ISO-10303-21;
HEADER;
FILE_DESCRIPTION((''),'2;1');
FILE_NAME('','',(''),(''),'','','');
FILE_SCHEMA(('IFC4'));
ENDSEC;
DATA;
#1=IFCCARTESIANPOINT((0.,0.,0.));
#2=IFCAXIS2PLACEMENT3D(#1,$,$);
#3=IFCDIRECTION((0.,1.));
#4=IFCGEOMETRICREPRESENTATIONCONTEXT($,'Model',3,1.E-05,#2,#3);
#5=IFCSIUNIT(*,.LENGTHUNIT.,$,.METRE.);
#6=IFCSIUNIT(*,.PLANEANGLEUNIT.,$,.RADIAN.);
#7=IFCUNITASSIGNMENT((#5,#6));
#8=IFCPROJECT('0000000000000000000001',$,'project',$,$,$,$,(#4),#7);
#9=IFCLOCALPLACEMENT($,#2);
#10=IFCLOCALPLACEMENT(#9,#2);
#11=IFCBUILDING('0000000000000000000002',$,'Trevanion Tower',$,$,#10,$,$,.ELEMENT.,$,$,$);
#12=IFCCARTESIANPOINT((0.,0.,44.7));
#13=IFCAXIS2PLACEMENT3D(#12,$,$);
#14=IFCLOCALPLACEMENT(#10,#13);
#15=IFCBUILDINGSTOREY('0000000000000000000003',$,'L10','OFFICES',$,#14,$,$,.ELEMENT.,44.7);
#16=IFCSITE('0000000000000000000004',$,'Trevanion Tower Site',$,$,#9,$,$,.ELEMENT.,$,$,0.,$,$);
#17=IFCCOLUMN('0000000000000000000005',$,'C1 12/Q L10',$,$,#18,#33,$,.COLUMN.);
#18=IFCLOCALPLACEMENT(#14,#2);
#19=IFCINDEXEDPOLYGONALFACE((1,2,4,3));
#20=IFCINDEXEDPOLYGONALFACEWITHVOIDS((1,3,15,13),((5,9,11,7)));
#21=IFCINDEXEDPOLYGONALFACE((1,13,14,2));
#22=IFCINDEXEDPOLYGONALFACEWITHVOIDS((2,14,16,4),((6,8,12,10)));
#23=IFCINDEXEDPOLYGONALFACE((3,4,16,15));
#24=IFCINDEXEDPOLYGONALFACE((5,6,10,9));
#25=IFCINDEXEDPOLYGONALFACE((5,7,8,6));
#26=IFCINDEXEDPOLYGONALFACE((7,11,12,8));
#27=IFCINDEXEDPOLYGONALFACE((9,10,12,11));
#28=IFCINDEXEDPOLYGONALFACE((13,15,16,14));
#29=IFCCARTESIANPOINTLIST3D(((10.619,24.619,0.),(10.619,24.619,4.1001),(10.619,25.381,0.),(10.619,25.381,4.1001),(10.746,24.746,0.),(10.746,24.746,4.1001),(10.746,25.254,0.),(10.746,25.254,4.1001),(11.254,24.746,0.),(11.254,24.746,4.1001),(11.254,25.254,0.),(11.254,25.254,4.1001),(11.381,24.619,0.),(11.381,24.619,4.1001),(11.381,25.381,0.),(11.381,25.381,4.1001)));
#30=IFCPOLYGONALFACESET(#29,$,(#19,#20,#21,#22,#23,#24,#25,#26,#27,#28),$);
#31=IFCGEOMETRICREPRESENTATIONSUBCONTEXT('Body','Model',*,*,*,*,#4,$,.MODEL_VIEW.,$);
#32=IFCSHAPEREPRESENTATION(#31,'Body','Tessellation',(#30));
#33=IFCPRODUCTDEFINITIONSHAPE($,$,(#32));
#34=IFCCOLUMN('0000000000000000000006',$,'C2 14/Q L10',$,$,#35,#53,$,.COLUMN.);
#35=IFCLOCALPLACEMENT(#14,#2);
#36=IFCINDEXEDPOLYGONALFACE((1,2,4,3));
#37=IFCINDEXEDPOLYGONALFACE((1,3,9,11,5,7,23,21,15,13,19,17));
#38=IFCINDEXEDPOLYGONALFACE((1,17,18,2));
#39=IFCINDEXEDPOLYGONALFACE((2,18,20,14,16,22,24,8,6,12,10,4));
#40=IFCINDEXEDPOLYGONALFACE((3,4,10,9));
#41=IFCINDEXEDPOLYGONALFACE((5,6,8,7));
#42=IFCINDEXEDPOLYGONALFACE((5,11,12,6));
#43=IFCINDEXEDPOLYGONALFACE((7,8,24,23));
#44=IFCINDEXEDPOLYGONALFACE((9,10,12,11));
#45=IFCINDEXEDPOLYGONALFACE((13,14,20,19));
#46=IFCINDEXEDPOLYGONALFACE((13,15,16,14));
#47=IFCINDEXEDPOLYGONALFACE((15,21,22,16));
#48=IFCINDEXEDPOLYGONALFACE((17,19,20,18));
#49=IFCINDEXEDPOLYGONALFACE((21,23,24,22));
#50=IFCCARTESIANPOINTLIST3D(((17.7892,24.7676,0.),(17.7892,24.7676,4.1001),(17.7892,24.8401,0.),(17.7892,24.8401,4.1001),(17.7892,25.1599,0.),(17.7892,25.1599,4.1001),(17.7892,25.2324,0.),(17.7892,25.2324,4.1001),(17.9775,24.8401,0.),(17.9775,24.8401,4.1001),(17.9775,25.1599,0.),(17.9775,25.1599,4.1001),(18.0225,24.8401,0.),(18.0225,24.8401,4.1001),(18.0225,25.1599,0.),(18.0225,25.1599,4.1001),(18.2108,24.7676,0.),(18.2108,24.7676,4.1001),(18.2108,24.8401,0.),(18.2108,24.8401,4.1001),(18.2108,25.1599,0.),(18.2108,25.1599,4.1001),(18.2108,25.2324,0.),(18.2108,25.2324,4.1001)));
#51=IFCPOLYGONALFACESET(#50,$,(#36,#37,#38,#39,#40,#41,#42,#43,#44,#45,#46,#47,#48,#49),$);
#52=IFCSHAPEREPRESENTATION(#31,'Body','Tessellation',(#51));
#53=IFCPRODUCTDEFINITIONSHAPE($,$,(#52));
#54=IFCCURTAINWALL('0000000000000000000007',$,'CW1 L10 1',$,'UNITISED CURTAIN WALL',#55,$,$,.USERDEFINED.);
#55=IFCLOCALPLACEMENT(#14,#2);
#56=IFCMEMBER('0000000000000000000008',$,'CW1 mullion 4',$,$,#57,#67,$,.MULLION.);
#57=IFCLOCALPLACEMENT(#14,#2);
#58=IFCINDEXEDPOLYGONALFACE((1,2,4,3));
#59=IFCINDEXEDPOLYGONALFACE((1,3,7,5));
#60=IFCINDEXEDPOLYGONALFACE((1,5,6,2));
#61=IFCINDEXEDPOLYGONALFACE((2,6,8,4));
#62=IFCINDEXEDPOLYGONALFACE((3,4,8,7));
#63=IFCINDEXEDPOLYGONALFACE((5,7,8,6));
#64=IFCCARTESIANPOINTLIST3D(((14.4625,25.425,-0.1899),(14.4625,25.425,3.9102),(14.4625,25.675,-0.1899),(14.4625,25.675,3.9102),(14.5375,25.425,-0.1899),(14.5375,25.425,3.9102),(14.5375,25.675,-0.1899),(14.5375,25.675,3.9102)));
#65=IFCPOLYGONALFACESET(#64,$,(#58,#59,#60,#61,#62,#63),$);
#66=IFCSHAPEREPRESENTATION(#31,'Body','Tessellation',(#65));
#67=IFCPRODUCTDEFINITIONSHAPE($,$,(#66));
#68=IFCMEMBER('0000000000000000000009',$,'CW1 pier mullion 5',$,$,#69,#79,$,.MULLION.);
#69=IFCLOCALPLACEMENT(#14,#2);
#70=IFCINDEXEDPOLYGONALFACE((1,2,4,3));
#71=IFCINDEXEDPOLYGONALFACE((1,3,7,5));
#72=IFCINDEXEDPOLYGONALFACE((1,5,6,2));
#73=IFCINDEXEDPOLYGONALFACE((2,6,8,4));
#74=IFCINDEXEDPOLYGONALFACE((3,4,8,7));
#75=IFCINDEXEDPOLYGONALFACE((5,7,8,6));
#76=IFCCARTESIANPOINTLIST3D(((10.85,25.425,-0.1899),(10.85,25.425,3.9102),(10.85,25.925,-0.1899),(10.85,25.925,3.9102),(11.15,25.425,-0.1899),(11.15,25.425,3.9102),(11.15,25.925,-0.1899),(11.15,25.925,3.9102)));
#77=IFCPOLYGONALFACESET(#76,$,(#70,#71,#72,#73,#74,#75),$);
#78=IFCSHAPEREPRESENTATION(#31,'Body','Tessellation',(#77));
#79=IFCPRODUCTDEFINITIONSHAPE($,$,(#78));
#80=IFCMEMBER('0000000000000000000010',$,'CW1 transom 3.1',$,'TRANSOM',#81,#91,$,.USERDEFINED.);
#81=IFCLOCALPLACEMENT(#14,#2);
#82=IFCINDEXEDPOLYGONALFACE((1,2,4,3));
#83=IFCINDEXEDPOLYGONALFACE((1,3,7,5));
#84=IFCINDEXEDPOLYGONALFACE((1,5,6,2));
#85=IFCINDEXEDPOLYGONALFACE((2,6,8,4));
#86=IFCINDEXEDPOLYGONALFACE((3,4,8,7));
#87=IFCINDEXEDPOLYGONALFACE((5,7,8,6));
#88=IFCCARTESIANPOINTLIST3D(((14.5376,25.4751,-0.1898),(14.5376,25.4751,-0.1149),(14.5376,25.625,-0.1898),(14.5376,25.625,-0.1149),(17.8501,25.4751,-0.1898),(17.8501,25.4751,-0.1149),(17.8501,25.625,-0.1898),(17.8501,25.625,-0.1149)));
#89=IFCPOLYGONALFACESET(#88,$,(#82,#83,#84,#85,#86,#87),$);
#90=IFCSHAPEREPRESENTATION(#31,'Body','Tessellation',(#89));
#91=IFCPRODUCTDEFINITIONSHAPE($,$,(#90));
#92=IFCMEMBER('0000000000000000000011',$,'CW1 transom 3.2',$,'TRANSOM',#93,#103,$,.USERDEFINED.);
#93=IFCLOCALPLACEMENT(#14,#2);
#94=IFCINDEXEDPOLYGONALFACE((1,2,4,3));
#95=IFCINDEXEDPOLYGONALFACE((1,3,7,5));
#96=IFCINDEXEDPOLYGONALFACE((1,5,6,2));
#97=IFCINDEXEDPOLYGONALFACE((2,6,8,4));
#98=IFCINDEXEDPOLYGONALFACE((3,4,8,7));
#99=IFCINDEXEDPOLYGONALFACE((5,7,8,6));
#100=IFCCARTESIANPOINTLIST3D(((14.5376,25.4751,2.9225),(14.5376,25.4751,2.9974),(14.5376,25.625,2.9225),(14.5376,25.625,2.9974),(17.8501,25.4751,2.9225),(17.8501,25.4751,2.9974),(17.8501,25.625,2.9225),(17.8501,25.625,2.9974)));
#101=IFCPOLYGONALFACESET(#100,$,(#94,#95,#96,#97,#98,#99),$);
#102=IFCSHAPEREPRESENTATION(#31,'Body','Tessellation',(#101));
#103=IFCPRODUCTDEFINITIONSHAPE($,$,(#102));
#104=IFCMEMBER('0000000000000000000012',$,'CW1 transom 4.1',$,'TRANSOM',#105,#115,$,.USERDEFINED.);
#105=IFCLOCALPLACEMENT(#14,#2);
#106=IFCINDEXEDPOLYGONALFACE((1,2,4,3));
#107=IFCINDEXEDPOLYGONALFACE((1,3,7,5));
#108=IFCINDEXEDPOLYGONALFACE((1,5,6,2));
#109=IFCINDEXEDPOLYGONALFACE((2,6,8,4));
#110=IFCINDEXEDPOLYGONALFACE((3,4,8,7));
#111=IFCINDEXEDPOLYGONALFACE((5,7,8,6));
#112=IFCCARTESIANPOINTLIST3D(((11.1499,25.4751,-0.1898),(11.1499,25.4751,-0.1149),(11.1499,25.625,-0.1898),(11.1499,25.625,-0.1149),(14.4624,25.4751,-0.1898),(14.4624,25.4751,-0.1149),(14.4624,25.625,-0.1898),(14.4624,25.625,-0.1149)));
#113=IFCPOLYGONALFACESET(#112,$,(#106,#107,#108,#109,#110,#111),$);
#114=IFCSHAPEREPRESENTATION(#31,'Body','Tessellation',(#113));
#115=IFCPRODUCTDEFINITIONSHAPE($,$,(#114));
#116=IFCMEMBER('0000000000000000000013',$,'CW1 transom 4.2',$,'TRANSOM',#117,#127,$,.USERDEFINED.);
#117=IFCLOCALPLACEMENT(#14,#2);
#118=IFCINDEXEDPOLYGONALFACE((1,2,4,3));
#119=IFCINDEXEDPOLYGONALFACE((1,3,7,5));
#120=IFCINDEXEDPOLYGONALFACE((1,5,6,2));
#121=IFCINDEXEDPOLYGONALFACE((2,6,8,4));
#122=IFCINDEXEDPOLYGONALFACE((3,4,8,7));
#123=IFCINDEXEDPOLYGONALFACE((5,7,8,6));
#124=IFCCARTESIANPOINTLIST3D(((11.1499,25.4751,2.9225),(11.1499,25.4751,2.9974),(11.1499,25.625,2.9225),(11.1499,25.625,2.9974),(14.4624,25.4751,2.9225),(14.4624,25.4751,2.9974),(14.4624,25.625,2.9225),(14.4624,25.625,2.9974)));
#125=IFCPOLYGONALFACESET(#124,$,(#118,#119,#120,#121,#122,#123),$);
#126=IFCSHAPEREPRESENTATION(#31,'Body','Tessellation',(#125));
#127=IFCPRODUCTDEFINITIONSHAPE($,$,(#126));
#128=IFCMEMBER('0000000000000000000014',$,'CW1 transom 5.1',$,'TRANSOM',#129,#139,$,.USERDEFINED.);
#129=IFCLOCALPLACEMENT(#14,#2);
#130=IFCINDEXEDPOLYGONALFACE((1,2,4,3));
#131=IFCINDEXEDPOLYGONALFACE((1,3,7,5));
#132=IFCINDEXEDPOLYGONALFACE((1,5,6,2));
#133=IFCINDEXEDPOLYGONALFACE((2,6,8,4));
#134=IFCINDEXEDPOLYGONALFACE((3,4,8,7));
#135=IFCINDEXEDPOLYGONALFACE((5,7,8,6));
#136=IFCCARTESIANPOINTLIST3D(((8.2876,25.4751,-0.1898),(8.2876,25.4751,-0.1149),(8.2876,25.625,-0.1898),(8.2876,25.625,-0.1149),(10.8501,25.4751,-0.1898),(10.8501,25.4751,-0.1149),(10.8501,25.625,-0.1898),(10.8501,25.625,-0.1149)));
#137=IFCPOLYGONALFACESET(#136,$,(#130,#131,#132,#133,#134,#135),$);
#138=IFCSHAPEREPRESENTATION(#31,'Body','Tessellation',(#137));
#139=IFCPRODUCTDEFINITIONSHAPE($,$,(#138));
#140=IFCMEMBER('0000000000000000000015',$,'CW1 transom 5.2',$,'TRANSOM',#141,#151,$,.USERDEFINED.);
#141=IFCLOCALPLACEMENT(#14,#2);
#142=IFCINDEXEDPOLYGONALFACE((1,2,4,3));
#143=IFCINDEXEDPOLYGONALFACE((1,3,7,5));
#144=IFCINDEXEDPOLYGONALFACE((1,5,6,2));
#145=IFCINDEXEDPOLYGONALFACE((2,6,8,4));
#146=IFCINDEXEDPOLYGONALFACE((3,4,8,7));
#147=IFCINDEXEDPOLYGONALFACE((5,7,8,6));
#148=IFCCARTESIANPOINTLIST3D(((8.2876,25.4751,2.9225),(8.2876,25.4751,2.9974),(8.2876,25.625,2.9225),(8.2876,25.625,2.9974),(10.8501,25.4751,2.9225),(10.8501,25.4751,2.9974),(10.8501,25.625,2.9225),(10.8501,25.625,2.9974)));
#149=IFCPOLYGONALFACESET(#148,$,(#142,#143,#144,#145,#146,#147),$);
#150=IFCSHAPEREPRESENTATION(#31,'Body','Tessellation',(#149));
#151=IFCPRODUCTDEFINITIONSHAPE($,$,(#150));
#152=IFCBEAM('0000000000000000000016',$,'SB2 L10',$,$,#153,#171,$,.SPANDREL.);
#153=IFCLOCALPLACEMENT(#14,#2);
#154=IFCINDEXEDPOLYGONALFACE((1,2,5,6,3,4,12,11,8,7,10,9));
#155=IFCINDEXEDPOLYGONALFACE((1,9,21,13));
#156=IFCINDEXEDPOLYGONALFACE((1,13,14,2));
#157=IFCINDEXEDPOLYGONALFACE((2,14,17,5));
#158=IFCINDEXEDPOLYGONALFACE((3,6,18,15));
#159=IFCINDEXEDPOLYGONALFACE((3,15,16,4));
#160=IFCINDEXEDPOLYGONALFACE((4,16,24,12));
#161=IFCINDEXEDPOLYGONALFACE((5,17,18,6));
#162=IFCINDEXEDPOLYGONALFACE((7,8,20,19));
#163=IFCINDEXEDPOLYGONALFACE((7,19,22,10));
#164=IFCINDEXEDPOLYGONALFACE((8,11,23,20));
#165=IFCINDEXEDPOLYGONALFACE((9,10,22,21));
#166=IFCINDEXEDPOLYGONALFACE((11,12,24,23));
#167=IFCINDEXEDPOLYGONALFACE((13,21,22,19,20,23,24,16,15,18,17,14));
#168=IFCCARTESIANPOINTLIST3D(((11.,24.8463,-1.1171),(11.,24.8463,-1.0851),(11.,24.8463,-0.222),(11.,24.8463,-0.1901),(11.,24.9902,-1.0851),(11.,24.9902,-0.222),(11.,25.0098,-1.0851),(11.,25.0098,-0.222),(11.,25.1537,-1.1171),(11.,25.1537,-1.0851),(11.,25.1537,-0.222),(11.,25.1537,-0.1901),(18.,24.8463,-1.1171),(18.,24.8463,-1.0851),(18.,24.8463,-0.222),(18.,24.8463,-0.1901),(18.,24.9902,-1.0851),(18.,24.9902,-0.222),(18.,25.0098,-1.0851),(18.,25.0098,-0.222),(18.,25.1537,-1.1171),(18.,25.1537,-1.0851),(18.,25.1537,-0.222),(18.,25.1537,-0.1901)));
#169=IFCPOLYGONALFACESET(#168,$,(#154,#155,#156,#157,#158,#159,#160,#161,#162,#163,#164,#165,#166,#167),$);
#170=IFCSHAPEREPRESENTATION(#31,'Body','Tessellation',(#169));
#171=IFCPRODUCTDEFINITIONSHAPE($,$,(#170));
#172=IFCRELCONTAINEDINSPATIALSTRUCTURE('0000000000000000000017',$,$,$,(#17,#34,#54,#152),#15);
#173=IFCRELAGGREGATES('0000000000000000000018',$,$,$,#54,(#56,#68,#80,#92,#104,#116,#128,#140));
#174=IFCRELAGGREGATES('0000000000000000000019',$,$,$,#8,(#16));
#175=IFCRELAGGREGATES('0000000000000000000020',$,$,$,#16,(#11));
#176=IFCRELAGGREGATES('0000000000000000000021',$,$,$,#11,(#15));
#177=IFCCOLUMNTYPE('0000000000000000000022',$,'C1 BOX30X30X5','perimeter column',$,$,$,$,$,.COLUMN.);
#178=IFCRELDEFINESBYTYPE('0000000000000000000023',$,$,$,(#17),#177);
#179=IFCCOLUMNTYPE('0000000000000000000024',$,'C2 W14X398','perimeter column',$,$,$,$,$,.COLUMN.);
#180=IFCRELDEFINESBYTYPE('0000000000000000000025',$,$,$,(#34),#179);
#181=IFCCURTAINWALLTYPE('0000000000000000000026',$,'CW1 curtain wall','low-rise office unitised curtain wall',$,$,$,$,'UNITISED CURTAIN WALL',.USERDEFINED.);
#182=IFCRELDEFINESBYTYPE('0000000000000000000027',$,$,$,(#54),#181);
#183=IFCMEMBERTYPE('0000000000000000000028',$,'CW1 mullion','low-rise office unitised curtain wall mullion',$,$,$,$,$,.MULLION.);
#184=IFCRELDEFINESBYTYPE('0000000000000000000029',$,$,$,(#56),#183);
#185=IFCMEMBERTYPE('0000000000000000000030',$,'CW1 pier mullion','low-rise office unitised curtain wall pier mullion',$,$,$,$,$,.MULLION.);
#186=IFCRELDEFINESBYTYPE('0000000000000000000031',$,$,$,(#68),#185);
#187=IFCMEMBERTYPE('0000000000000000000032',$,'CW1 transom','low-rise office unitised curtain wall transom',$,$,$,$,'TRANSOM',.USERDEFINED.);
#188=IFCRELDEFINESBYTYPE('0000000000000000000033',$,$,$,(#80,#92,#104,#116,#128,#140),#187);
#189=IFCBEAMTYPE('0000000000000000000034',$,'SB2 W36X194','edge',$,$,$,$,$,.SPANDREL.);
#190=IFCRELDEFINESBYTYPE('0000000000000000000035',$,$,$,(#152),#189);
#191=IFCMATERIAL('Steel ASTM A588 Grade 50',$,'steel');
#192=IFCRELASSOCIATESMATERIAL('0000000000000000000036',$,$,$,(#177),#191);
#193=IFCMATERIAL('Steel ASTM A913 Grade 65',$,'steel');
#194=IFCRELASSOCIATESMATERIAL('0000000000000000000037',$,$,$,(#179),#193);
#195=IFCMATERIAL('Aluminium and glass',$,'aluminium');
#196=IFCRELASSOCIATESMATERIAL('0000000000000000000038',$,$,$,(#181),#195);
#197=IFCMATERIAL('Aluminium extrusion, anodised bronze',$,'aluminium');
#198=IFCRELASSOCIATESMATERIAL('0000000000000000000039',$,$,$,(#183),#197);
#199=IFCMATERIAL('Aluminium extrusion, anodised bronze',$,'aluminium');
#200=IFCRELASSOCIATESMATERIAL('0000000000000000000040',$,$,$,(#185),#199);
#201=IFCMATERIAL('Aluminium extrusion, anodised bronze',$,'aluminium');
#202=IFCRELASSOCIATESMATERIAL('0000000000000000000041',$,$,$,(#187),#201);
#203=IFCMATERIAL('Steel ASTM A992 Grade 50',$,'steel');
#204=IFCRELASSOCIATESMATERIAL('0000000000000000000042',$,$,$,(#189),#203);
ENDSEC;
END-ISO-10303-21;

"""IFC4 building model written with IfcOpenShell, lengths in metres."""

from ifc_helpers import new_model, si_unit, direction, frame, origin, origin_2d, place, context, subcontext, project, spatial, rectangle, hollow_rectangle, i_section, extrude, material, material_profile, profile_set, type_object, element, aggregate, save


model = new_model("IFC4")

# Units and contexts
model_context = context("Model", 3, precision=1e-05, world=origin(), true_north=direction((0.0, 1.0)))
body_context = subcontext(model_context, "Body", "Model", "MODEL_VIEW")
ifc_project = project(units=[si_unit("LENGTHUNIT", "METRE"), si_unit("PLANEANGLEUNIT", "RADIAN")], contexts=[model_context])

# Site, building, storey
site_placement = place(None, origin())
site = spatial("IfcSite", under=ifc_project, at=site_placement, Name="Trevanion Tower Site", CompositionType="ELEMENT", RefElevation=0.0)
building_placement = place(site_placement, origin())
building = spatial("IfcBuilding", under=site, at=building_placement, Name="Trevanion Tower", CompositionType="ELEMENT")
storey_placement = place(building_placement, frame((0.0, 0.0, 44.7)))
storey = spatial("IfcBuildingStorey", under=building, at=storey_placement, Name="L10", Description="OFFICES", CompositionType="ELEMENT", Elevation=44.7)

# Columns
ifc_material_1 = material(Name="Steel ASTM A588 Grade 50", Category="steel")
ifc_material_profile_1 = material_profile(ifc_material_1, hollow_rectangle(XDim=0.762, YDim=0.762, WallThickness=0.127, at=origin_2d()), Name="BOX30X30X5")
ifc_profile_set_1 = profile_set([ifc_material_profile_1], Name="Steel ASTM A588 Grade 50")
column_type_1 = type_object("IfcColumnType", Name="C1 BOX30X30X5", Description="perimeter column", PredefinedType="COLUMN", material=ifc_profile_set_1)
column_1_placement = place(storey_placement, frame((11.0, 25.0, 0.0), z_axis=(0.0, 0.0, 1.0), x_axis=(1.0, 0.0, 0.0)))
element("IfcColumn", 1, at=column_1_placement, inside=storey, type_object=column_type_1, Name="C1 12/Q L10", PredefinedType="COLUMN", context=body_context, shape_type="SweptSolid", body=[
    extrude(hollow_rectangle(XDim=0.762, YDim=0.762, WallThickness=0.127, at=origin_2d()), origin(), (0.0, 0.0, 1.0), 4.1001),
])
ifc_material_2 = material(Name="Steel ASTM A913 Grade 65", Category="steel")
ifc_material_profile_2 = material_profile(ifc_material_2, i_section(OverallWidth=0.4216, OverallDepth=0.4648, WebThickness=0.0449, FlangeThickness=0.0725, at=origin_2d()), Name="W14X398")
ifc_profile_set_2 = profile_set([ifc_material_profile_2], Name="Steel ASTM A913 Grade 65")
column_type_2 = type_object("IfcColumnType", Name="C2 W14X398", Description="perimeter column", PredefinedType="COLUMN", material=ifc_profile_set_2)
column_2_placement = place(storey_placement, frame((18.0, 25.0, 0.0), z_axis=(0.0, 0.0, 1.0), x_axis=(1.0, 0.0, 0.0)))
element("IfcColumn", 2, at=column_2_placement, inside=storey, type_object=column_type_2, Name="C2 14/Q L10", PredefinedType="COLUMN", context=body_context, shape_type="SweptSolid", body=[
    extrude(i_section(OverallWidth=0.4216, OverallDepth=0.4648, WebThickness=0.0449, FlangeThickness=0.0725, at=origin_2d()), origin(), (0.0, 0.0, 1.0), 4.1001),
])

# Curtain wall, members
ifc_material_3 = material(Name="Aluminium and glass", Category="aluminium")
curtain_wall_type = type_object("IfcCurtainWallType", Name="CW1 curtain wall", Description="low-rise office unitised curtain wall", ElementType="UNITISED CURTAIN WALL", PredefinedType="USERDEFINED", material=ifc_material_3)
curtain_wall_placement = place(storey_placement, origin())
curtain_wall = element("IfcCurtainWall", 3, at=curtain_wall_placement, inside=storey, type_object=curtain_wall_type, Name="CW1 L10 1", ObjectType="UNITISED CURTAIN WALL", PredefinedType="USERDEFINED")
ifc_material_4 = material(Name="Aluminium extrusion, anodised bronze", Category="aluminium")
ifc_material_profile_3 = material_profile(ifc_material_4, rectangle(XDim=0.075, YDim=0.25, at=origin_2d()), Name="CW1 mullion")
ifc_profile_set_3 = profile_set([ifc_material_profile_3], Name="Aluminium extrusion, anodised bronze")
member_type_1 = type_object("IfcMemberType", Name="CW1 mullion", Description="low-rise office unitised curtain wall mullion", PredefinedType="MULLION", material=ifc_profile_set_3)
member_1_placement = place(storey_placement, frame((14.5, 25.55, -0.1899), z_axis=(0.0, 0.0, 1.0), x_axis=(-1.0, 0.0, 0.0)))
member_1 = element("IfcMember", 4, at=member_1_placement, type_object=member_type_1, Name="CW1 mullion 4", PredefinedType="MULLION", context=body_context, shape_type="SweptSolid", body=[
    extrude(rectangle(XDim=0.075, YDim=0.25, at=origin_2d()), origin(), (0.0, 0.0, 1.0), 4.1001),
])
ifc_material_5 = material(Name="Aluminium extrusion, anodised bronze", Category="aluminium")
ifc_material_profile_4 = material_profile(ifc_material_5, rectangle(XDim=0.3, YDim=0.5, at=origin_2d()), Name="CW1 pier mullion")
ifc_profile_set_4 = profile_set([ifc_material_profile_4], Name="Aluminium extrusion, anodised bronze")
member_type_2 = type_object("IfcMemberType", Name="CW1 pier mullion", Description="low-rise office unitised curtain wall pier mullion", PredefinedType="MULLION", material=ifc_profile_set_4)
member_2_placement = place(storey_placement, frame((11.0, 25.675, -0.1899), z_axis=(0.0, 0.0, 1.0), x_axis=(-1.0, 0.0, 0.0)))
member_2 = element("IfcMember", 5, at=member_2_placement, type_object=member_type_2, Name="CW1 pier mullion 5", PredefinedType="MULLION", context=body_context, shape_type="SweptSolid", body=[
    extrude(rectangle(XDim=0.3, YDim=0.5, at=origin_2d()), origin(), (0.0, 0.0, 1.0), 4.1001),
])
ifc_material_6 = material(Name="Aluminium extrusion, anodised bronze", Category="aluminium")
ifc_material_profile_5 = material_profile(ifc_material_6, rectangle(XDim=0.1499, YDim=0.075, at=origin_2d()), Name="CW1 transom")
ifc_profile_set_5 = profile_set([ifc_material_profile_5], Name="Aluminium extrusion, anodised bronze")
member_type_3 = type_object("IfcMemberType", Name="CW1 transom", Description="low-rise office unitised curtain wall transom", ElementType="TRANSOM", PredefinedType="USERDEFINED", material=ifc_profile_set_5)
member_3_placement = place(storey_placement, frame((17.8501, 25.55, -0.1523), z_axis=(-1.0, 0.0, 0.0), x_axis=(0.0, -1.0, 0.0)))
member_3 = element("IfcMember", 6, at=member_3_placement, type_object=member_type_3, Name="CW1 transom 3.1", ObjectType="TRANSOM", PredefinedType="USERDEFINED", context=body_context, shape_type="SweptSolid", body=[
    extrude(rectangle(XDim=0.1499, YDim=0.075, at=origin_2d()), origin(), (0.0, 0.0, 1.0), 3.3125),
])
member_4_placement = place(storey_placement, frame((17.8501, 25.55, 2.96), z_axis=(-1.0, 0.0, 0.0), x_axis=(0.0, -1.0, 0.0)))
member_4 = element("IfcMember", 7, at=member_4_placement, type_object=member_type_3, Name="CW1 transom 3.2", ObjectType="TRANSOM", PredefinedType="USERDEFINED", context=body_context, shape_type="SweptSolid", body=[
    extrude(rectangle(XDim=0.1499, YDim=0.075, at=origin_2d()), origin(), (0.0, 0.0, 1.0), 3.3125),
])
member_5_placement = place(storey_placement, frame((14.4624, 25.55, -0.1523), z_axis=(-1.0, 0.0, 0.0), x_axis=(0.0, -1.0, 0.0)))
member_5 = element("IfcMember", 8, at=member_5_placement, type_object=member_type_3, Name="CW1 transom 4.1", ObjectType="TRANSOM", PredefinedType="USERDEFINED", context=body_context, shape_type="SweptSolid", body=[
    extrude(rectangle(XDim=0.1499, YDim=0.075, at=origin_2d()), origin(), (0.0, 0.0, 1.0), 3.3125),
])
member_6_placement = place(storey_placement, frame((14.4624, 25.55, 2.96), z_axis=(-1.0, 0.0, 0.0), x_axis=(0.0, -1.0, 0.0)))
member_6 = element("IfcMember", 9, at=member_6_placement, type_object=member_type_3, Name="CW1 transom 4.2", ObjectType="TRANSOM", PredefinedType="USERDEFINED", context=body_context, shape_type="SweptSolid", body=[
    extrude(rectangle(XDim=0.1499, YDim=0.075, at=origin_2d()), origin(), (0.0, 0.0, 1.0), 3.3125),
])
member_7_placement = place(storey_placement, frame((10.8501, 25.55, -0.1523), z_axis=(-1.0, 0.0, 0.0), x_axis=(0.0, -1.0, 0.0)))
member_7 = element("IfcMember", 10, at=member_7_placement, type_object=member_type_3, Name="CW1 transom 5.1", ObjectType="TRANSOM", PredefinedType="USERDEFINED", context=body_context, shape_type="SweptSolid", body=[
    extrude(rectangle(XDim=0.1499, YDim=0.075, at=origin_2d()), origin(), (0.0, 0.0, 1.0), 2.5625),
])
member_8_placement = place(storey_placement, frame((10.8501, 25.55, 2.96), z_axis=(-1.0, 0.0, 0.0), x_axis=(0.0, -1.0, 0.0)))
member_8 = element("IfcMember", 11, at=member_8_placement, type_object=member_type_3, Name="CW1 transom 5.2", ObjectType="TRANSOM", PredefinedType="USERDEFINED", context=body_context, shape_type="SweptSolid", body=[
    extrude(rectangle(XDim=0.1499, YDim=0.075, at=origin_2d()), origin(), (0.0, 0.0, 1.0), 2.5625),
])

# Beam
ifc_material_7 = material(Name="Steel ASTM A992 Grade 50", Category="steel")
ifc_material_profile_6 = material_profile(ifc_material_7, i_section(OverallWidth=0.3074, OverallDepth=0.927, WebThickness=0.0195, FlangeThickness=0.032, at=origin_2d()), Name="W36X194")
ifc_profile_set_6 = profile_set([ifc_material_profile_6], Name="Steel ASTM A992 Grade 50")
beam_type = type_object("IfcBeamType", Name="SB2 W36X194", Description="edge", PredefinedType="SPANDREL", material=ifc_profile_set_6)
beam_1_placement = place(storey_placement, frame((18.0, 25.0, -0.6536), z_axis=(-1.0, 0.0, 0.0), x_axis=(0.0, -1.0, 0.0)))
element("IfcBeam", 12, at=beam_1_placement, inside=storey, type_object=beam_type, Name="SB2 L10", PredefinedType="SPANDREL", context=body_context, shape_type="SweptSolid", body=[
    extrude(i_section(OverallWidth=0.3074, OverallDepth=0.927, WebThickness=0.0195, FlangeThickness=0.032, at=origin_2d()), origin(), (0.0, 0.0, 1.0), 7.0),
])

aggregate(curtain_wall, [member_1, member_2, member_3, member_4, member_5, member_6, member_7, member_8])

save(model, "model.ifc")
